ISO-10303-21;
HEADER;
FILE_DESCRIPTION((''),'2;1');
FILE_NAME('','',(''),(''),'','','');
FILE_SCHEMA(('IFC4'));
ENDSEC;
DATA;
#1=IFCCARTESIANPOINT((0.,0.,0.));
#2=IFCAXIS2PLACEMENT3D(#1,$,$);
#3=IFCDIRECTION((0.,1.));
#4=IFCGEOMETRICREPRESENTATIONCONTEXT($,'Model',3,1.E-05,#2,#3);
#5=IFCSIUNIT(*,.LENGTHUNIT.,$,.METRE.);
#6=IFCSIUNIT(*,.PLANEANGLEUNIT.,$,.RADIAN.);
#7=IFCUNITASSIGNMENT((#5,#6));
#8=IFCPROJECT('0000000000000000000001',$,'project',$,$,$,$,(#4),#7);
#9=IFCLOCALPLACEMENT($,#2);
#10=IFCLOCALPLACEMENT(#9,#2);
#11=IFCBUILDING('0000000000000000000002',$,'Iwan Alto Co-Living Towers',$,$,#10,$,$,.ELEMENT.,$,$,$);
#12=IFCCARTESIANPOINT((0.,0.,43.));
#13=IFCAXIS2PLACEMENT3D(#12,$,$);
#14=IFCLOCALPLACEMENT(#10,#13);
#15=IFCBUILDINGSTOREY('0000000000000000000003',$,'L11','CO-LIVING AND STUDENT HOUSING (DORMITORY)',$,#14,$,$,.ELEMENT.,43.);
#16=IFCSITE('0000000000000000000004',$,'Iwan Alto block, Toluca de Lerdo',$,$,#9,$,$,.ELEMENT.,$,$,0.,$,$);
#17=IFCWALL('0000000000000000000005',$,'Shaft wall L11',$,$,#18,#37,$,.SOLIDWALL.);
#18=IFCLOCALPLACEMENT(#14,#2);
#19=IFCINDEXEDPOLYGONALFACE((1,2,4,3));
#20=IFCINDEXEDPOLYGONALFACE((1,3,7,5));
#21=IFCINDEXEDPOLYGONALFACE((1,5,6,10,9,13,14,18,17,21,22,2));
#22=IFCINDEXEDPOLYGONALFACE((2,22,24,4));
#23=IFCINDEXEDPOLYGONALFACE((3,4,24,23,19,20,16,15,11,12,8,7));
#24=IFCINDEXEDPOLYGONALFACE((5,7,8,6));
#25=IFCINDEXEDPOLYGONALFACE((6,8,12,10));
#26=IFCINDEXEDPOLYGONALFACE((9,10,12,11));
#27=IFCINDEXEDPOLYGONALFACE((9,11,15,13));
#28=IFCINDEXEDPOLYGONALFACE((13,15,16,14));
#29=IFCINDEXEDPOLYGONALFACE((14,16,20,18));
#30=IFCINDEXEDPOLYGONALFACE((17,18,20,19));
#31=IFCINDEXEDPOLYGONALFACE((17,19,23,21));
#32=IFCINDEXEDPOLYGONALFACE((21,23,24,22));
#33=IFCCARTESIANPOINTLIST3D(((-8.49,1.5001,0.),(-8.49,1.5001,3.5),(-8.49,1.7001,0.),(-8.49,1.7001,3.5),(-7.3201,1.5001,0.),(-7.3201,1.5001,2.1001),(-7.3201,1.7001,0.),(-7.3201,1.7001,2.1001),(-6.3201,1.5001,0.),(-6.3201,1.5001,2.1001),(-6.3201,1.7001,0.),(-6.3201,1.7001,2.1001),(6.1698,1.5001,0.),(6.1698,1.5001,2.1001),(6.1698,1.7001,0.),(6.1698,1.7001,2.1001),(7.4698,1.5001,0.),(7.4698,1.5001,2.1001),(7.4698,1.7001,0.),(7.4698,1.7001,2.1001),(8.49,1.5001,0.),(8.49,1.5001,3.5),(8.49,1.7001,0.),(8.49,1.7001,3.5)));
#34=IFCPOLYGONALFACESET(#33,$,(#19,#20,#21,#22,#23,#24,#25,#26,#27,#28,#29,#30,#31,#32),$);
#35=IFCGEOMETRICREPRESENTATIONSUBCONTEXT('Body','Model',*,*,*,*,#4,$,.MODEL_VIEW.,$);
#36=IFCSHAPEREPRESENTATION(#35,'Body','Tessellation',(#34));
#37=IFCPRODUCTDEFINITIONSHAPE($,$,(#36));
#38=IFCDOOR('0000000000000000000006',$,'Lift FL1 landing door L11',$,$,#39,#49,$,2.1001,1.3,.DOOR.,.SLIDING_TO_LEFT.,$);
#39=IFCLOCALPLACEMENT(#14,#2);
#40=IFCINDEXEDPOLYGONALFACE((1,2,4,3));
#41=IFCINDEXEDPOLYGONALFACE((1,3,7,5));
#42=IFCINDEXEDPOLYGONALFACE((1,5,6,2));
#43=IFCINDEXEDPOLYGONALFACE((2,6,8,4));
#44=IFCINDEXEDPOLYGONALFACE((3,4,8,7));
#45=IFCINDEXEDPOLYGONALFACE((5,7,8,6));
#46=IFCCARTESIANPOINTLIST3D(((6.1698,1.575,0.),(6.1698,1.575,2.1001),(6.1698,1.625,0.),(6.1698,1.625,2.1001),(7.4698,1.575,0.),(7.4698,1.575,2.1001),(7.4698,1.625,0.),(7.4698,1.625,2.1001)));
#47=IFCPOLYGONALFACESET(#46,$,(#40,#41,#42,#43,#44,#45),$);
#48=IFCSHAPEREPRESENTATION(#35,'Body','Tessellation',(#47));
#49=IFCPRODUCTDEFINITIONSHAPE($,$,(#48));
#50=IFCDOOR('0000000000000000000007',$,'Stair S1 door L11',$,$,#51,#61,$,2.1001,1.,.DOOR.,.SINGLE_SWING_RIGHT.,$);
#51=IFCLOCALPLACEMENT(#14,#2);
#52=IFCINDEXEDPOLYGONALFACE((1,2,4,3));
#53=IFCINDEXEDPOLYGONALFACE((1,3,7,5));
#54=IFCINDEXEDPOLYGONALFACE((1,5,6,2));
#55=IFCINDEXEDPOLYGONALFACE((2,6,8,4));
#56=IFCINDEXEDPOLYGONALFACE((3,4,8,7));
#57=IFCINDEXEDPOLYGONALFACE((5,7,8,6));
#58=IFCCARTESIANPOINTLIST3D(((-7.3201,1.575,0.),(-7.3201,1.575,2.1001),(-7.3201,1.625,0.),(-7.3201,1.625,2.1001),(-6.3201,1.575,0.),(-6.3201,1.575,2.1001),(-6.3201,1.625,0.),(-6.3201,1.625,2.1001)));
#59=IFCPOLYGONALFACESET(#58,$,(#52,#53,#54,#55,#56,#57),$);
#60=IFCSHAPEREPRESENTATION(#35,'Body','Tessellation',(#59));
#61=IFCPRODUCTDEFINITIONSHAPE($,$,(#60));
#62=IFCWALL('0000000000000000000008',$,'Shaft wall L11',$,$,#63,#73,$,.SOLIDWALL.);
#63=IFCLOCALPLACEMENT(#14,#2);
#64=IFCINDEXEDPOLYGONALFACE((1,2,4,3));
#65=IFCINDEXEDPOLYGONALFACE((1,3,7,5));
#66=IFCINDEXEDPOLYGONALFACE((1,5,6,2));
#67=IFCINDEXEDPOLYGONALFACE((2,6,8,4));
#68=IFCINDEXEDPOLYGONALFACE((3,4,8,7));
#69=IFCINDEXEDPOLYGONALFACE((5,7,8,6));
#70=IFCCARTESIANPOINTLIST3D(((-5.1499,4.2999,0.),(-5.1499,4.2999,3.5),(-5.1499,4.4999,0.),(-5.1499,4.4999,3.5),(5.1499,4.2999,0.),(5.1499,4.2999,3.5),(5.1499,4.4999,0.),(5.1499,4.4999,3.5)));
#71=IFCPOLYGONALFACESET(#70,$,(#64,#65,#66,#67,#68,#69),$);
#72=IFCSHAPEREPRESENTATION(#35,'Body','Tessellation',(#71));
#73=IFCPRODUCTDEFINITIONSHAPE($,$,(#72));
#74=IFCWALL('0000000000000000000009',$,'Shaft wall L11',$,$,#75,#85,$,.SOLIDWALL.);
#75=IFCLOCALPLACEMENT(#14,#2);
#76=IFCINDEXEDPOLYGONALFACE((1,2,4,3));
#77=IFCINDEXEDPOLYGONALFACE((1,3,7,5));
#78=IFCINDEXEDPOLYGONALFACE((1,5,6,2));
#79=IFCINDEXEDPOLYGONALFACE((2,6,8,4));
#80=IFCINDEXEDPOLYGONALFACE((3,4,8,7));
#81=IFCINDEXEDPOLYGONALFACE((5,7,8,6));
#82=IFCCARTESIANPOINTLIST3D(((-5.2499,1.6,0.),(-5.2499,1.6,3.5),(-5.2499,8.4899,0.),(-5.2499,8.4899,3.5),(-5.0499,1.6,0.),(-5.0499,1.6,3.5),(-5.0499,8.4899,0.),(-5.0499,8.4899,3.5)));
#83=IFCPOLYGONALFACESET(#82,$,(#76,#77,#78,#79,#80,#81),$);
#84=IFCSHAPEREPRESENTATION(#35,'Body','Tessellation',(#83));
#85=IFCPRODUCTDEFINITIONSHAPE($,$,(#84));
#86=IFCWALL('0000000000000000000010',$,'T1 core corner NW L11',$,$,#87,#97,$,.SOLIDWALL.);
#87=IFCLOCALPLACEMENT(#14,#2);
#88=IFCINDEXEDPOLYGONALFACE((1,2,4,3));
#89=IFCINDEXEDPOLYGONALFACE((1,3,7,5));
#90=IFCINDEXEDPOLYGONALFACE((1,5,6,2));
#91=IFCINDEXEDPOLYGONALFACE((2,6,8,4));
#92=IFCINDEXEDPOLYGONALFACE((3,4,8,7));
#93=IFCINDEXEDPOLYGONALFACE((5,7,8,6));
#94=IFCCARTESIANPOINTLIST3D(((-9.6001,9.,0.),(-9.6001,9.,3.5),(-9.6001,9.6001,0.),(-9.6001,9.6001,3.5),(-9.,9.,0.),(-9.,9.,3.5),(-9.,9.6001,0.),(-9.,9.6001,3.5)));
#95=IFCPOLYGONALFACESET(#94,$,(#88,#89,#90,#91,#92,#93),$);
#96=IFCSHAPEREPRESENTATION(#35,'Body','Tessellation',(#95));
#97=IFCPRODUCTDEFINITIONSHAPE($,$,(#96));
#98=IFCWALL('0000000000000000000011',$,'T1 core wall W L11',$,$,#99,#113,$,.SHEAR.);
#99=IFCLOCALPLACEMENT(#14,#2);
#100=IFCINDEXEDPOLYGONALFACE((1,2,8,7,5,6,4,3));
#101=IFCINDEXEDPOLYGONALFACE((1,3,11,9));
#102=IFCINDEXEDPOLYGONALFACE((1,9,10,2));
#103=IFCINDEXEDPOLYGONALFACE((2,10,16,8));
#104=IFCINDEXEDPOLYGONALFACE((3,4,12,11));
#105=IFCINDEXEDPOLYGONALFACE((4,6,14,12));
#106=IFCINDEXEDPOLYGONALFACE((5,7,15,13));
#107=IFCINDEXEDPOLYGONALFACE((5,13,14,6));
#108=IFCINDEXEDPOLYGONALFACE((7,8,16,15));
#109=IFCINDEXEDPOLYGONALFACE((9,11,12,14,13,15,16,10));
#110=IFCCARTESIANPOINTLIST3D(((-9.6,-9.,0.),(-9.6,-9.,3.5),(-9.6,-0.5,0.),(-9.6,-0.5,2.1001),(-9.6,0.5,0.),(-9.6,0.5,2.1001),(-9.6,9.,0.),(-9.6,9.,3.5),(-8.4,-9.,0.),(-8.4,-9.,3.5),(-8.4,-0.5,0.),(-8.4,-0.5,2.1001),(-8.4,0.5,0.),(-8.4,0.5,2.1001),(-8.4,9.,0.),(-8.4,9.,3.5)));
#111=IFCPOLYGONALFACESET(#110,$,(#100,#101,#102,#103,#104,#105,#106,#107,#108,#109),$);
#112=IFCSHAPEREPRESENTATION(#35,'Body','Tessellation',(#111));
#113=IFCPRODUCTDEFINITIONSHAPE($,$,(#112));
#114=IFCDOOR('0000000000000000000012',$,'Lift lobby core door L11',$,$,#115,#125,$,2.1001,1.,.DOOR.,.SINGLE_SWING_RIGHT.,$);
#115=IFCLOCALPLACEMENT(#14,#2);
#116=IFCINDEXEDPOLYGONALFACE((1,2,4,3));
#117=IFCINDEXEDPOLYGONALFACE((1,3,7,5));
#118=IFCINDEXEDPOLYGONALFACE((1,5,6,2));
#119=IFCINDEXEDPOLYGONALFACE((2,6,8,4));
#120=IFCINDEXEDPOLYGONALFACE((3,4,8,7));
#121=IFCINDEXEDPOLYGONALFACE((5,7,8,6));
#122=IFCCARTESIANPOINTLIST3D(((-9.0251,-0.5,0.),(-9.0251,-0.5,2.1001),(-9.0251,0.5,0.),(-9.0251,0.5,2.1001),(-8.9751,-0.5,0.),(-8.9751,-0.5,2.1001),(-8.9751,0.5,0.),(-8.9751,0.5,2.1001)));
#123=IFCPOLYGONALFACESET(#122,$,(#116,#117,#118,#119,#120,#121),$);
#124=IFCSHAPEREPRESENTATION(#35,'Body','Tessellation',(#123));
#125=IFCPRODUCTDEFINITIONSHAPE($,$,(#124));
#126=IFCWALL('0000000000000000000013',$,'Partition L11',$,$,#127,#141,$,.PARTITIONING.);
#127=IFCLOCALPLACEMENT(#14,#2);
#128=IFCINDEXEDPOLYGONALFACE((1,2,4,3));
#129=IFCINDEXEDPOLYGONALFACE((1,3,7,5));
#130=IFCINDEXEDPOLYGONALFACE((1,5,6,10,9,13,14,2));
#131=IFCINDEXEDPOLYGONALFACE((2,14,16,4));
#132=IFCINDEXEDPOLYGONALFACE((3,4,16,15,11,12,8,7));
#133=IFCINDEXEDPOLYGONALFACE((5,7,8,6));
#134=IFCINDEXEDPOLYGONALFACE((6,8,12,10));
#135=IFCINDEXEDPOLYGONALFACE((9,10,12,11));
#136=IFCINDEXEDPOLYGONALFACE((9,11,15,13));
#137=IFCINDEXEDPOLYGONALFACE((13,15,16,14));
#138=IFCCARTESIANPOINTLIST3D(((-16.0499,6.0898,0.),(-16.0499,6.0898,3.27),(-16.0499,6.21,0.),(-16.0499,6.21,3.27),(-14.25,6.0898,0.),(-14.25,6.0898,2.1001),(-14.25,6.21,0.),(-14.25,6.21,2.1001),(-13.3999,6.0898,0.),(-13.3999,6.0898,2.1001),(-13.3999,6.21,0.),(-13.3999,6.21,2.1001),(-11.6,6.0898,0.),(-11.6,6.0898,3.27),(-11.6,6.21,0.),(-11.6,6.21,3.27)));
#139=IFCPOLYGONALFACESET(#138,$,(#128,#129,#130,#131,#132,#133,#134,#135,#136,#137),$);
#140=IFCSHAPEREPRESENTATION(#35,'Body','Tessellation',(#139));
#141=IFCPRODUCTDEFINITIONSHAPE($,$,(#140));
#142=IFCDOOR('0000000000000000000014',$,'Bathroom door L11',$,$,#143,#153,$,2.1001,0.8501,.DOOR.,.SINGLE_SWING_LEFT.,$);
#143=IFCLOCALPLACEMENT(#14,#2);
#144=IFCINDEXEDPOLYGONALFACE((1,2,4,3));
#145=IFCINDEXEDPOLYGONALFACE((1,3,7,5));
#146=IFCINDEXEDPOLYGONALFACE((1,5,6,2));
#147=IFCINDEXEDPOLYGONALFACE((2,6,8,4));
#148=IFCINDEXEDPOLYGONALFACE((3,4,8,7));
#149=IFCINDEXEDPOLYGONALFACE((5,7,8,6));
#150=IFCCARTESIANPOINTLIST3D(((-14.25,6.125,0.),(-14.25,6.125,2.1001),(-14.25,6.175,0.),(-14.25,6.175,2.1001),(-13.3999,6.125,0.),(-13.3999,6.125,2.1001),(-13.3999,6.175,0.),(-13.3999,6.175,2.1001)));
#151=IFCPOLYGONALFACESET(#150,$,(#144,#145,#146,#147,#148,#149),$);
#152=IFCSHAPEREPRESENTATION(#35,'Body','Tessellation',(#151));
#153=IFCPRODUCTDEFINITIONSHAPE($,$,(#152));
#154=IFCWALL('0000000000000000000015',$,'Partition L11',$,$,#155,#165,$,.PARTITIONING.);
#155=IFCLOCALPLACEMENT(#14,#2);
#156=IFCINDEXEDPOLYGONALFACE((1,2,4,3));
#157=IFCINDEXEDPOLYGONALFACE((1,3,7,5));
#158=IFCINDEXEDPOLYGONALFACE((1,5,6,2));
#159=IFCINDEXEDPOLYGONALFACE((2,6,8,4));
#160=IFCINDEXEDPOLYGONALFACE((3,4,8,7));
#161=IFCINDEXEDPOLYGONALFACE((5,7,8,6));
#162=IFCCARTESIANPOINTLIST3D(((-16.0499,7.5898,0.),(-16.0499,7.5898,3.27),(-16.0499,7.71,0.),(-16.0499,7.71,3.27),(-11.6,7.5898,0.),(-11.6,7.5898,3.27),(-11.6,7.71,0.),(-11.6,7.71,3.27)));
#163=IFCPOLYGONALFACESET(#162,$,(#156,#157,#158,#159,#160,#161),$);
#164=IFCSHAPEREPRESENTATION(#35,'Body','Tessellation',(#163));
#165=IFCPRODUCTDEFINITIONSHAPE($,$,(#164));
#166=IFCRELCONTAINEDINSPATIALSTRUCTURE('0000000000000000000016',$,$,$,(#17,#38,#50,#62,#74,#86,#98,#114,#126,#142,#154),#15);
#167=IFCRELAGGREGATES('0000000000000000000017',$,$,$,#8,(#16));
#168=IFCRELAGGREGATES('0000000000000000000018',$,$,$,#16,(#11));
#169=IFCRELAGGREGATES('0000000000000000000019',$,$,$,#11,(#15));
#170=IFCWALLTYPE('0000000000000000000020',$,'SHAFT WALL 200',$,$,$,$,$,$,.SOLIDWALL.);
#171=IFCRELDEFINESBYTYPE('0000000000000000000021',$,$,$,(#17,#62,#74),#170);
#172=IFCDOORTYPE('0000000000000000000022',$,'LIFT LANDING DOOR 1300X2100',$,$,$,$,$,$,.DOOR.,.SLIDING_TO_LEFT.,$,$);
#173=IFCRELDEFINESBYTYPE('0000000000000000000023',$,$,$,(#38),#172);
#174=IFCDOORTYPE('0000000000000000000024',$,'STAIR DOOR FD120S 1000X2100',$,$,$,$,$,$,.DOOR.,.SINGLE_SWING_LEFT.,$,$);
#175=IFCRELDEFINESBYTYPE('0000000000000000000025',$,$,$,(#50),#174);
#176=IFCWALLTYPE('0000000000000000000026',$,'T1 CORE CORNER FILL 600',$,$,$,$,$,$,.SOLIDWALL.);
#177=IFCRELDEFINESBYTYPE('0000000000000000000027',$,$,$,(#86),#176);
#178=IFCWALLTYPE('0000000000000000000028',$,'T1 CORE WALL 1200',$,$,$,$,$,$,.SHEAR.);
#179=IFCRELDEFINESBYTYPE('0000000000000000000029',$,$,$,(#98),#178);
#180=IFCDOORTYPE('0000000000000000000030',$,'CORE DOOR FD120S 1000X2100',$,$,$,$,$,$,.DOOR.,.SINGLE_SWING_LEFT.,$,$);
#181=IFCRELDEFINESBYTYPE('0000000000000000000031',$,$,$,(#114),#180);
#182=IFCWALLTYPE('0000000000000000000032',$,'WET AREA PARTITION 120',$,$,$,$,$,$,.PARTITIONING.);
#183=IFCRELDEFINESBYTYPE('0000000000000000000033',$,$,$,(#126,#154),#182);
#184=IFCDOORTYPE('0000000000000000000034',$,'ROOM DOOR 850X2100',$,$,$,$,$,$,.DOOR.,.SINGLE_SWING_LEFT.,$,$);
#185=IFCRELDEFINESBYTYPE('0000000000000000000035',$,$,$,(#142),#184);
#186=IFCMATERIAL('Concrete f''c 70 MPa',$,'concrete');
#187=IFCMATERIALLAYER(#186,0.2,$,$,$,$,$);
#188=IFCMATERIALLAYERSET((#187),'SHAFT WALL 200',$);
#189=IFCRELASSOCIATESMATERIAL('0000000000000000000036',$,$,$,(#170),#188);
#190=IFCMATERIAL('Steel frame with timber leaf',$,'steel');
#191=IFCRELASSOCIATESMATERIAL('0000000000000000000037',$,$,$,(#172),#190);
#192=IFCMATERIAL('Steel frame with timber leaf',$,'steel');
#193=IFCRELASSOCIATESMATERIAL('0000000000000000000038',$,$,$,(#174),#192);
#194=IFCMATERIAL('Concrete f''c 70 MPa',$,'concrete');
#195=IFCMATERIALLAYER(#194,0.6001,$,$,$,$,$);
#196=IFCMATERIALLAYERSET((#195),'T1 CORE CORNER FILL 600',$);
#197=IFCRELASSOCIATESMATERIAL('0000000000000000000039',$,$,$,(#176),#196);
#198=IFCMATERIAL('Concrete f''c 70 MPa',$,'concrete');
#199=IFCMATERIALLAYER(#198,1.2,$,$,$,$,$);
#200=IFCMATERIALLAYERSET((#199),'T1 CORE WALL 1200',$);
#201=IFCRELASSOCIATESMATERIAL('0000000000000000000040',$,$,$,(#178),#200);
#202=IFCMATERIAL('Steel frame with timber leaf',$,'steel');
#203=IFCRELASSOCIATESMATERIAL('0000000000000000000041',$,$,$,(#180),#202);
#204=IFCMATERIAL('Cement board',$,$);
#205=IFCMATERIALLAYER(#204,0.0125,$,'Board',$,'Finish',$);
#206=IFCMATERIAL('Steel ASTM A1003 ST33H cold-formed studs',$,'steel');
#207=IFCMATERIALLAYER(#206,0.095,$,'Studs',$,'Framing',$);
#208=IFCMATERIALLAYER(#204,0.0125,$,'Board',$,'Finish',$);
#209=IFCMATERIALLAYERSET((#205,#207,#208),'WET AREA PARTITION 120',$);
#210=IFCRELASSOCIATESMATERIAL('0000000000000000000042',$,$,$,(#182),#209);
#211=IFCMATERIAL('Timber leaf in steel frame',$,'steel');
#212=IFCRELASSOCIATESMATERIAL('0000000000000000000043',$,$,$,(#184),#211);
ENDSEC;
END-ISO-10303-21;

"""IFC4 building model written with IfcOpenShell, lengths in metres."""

from ifc_helpers import new_model, si_unit, direction, frame, frame_2d, origin, place, context, subcontext, project, spatial, rectangle, extrude, material, layer, layer_set, type_object, element, fill, save


model = new_model("IFC4")

# Units and contexts
model_context = context("Model", 3, precision=1e-05, world=origin(), true_north=direction((0.0, 1.0)))
body_context = subcontext(model_context, "Body", "Model", "MODEL_VIEW")
ifc_project = project(units=[si_unit("LENGTHUNIT", "METRE"), si_unit("PLANEANGLEUNIT", "RADIAN")], contexts=[model_context])

# Site, building, storey
site_placement = place(None, origin())
site = spatial("IfcSite", under=ifc_project, at=site_placement, Name="Iwan Alto block, Toluca de Lerdo", CompositionType="ELEMENT", RefElevation=0.0)
building_placement = place(site_placement, origin())
building = spatial("IfcBuilding", under=site, at=building_placement, Name="Iwan Alto Co-Living Towers", CompositionType="ELEMENT")
storey_placement = place(building_placement, frame((0.0, 0.0, 43.0)))
storey = spatial("IfcBuildingStorey", under=building, at=storey_placement, Name="L11", Description="CO-LIVING AND STUDENT HOUSING (DORMITORY)", CompositionType="ELEMENT", Elevation=43.0)

# Shared definitions
ifc_material_1 = material(Name="Steel ASTM A1003 ST33H cold-formed studs", Category="steel")

# Wall, openings, doors
ifc_material_2 = material(Name="Concrete f'c 70 MPa", Category="concrete")
ifc_layer_1 = layer(ifc_material_2, 0.2)
ifc_layer_set_1 = layer_set([ifc_layer_1], Name="SHAFT WALL 200")
wall_type_1 = type_object("IfcWallType", Name="SHAFT WALL 200", PredefinedType="SOLIDWALL", material=ifc_layer_set_1)
wall_1_placement = place(storey_placement, frame((-8.49, 1.6001, 0.0), z_axis=(0.0, 0.0, 1.0), x_axis=(1.0, 0.0, 0.0)))
wall_1 = element("IfcWall", 1, at=wall_1_placement, inside=storey, type_object=wall_type_1, Name="Shaft wall L11", PredefinedType="SOLIDWALL", context=body_context, shape_type="SweptSolid", body=[
    extrude(rectangle(XDim=16.98, YDim=0.2, at=frame_2d((8.49, 0.0))), origin(), (0.0, 0.0, 1.0), 3.5),
])
opening_1_placement = place(wall_1_placement, frame((1.1699, 0.0, 0.0)))
opening_1 = element("IfcOpeningElement", 2, at=opening_1_placement, cuts=wall_1, PredefinedType="OPENING", context=body_context, shape_type="SweptSolid", body=[
    extrude(rectangle(XDim=1.0, YDim=2.1001, at=frame_2d((0.5, 1.05))), frame((0.0, 0.1099, 0.0), z_axis=(0.0, -1.0, 0.0), x_axis=(1.0, 0.0, 0.0)), (0.0, 0.0, 1.0), 0.22),
])
opening_2_placement = place(wall_1_placement, frame((14.6599, 0.0, 0.0)))
opening_2 = element("IfcOpeningElement", 3, at=opening_2_placement, cuts=wall_1, PredefinedType="OPENING", context=body_context, shape_type="SweptSolid", body=[
    extrude(rectangle(XDim=1.3, YDim=2.1001, at=frame_2d((0.6499, 1.05))), frame((0.0, 0.1099, 0.0), z_axis=(0.0, -1.0, 0.0), x_axis=(1.0, 0.0, 0.0)), (0.0, 0.0, 1.0), 0.22),
])
ifc_material_3 = material(Name="Steel frame with timber leaf", Category="steel")
door_type_1 = type_object("IfcDoorType", Name="LIFT LANDING DOOR 1300X2100", OperationType="SLIDING_TO_LEFT", PredefinedType="DOOR", material=ifc_material_3)
door_1_placement = place(opening_2_placement, origin())
door_1 = element("IfcDoor", 4, at=door_1_placement, inside=storey, type_object=door_type_1, Name="Lift FL1 landing door L11", OperationType="SLIDING_TO_LEFT", OverallHeight=2.1001, OverallWidth=1.3, PredefinedType="DOOR", context=body_context, shape_type="SweptSolid", body=[
    extrude(rectangle(XDim=1.3, YDim=2.1001, at=frame_2d((0.6499, 1.05))), frame((0.0, 0.0249, 0.0), z_axis=(0.0, -1.0, 0.0), x_axis=(1.0, 0.0, 0.0)), (0.0, 0.0, 1.0), 0.05),
])
fill(opening_2, door_1)
ifc_material_4 = material(Name="Steel frame with timber leaf", Category="steel")
door_type_2 = type_object("IfcDoorType", Name="STAIR DOOR FD120S 1000X2100", OperationType="SINGLE_SWING_LEFT", PredefinedType="DOOR", material=ifc_material_4)
door_2_placement = place(opening_1_placement, origin())
door_2 = element("IfcDoor", 5, at=door_2_placement, inside=storey, type_object=door_type_2, Name="Stair S1 door L11", OperationType="SINGLE_SWING_RIGHT", OverallHeight=2.1001, OverallWidth=1.0, PredefinedType="DOOR", context=body_context, shape_type="SweptSolid", body=[
    extrude(rectangle(XDim=1.0, YDim=2.1001, at=frame_2d((0.5, 1.05))), frame((0.0, 0.0249, 0.0), z_axis=(0.0, -1.0, 0.0), x_axis=(1.0, 0.0, 0.0)), (0.0, 0.0, 1.0), 0.05),
])
fill(opening_1, door_2)

# Walls
wall_2_placement = place(storey_placement, frame((-5.1499, 4.3999, 0.0), z_axis=(0.0, 0.0, 1.0), x_axis=(1.0, 0.0, 0.0)))
element("IfcWall", 6, at=wall_2_placement, inside=storey, type_object=wall_type_1, Name="Shaft wall L11", PredefinedType="SOLIDWALL", context=body_context, shape_type="SweptSolid", body=[
    extrude(rectangle(XDim=10.2998, YDim=0.2, at=frame_2d((5.1499, 0.0))), origin(), (0.0, 0.0, 1.0), 3.5),
])
wall_3_placement = place(storey_placement, frame((-5.1499, 1.6001, 0.0), z_axis=(0.0, 0.0, 1.0), x_axis=(0.0, 1.0, 0.0)))
element("IfcWall", 7, at=wall_3_placement, inside=storey, type_object=wall_type_1, Name="Shaft wall L11", PredefinedType="SOLIDWALL", context=body_context, shape_type="SweptSolid", body=[
    extrude(rectangle(XDim=6.8899, YDim=0.2, at=frame_2d((3.4448, 0.0))), origin(), (0.0, 0.0, 1.0), 3.5),
])
ifc_material_5 = material(Name="Concrete f'c 70 MPa", Category="concrete")
ifc_layer_2 = layer(ifc_material_5, 0.6001)
ifc_layer_set_2 = layer_set([ifc_layer_2], Name="T1 CORE CORNER FILL 600")
wall_type_2 = type_object("IfcWallType", Name="T1 CORE CORNER FILL 600", PredefinedType="SOLIDWALL", material=ifc_layer_set_2)
wall_4_placement = place(storey_placement, frame((-9.6001, 9.3, 0.0), z_axis=(0.0, 0.0, 1.0), x_axis=(1.0, 0.0, 0.0)))
element("IfcWall", 8, at=wall_4_placement, inside=storey, type_object=wall_type_2, Name="T1 core corner NW L11", PredefinedType="SOLIDWALL", context=body_context, shape_type="SweptSolid", body=[
    extrude(rectangle(XDim=0.6001, YDim=0.6001, at=frame_2d((0.3, 0.0))), origin(), (0.0, 0.0, 1.0), 3.5),
])

# Walls, openings, doors
ifc_material_6 = material(Name="Concrete f'c 70 MPa", Category="concrete")
ifc_layer_3 = layer(ifc_material_6, 1.2)
ifc_layer_set_3 = layer_set([ifc_layer_3], Name="T1 CORE WALL 1200")
wall_type_3 = type_object("IfcWallType", Name="T1 CORE WALL 1200", PredefinedType="SHEAR", material=ifc_layer_set_3)
wall_5_placement = place(storey_placement, frame((-9.0, 9.0, 0.0), z_axis=(0.0, 0.0, 1.0), x_axis=(0.0, -1.0, 0.0)))
wall_5 = element("IfcWall", 9, at=wall_5_placement, inside=storey, type_object=wall_type_3, Name="T1 core wall W L11", PredefinedType="SHEAR", context=body_context, shape_type="SweptSolid", body=[
    extrude(rectangle(XDim=18.0, YDim=1.2, at=frame_2d((9.0, 0.0))), origin(), (0.0, 0.0, 1.0), 3.5),
])
opening_3_placement = place(wall_5_placement, frame((8.5, 0.0, 0.0)))
opening_3 = element("IfcOpeningElement", 10, at=opening_3_placement, cuts=wall_5, PredefinedType="OPENING", context=body_context, shape_type="SweptSolid", body=[
    extrude(rectangle(XDim=1.0, YDim=2.1001, at=frame_2d((0.5, 1.05))), frame((0.0, 0.6099, 0.0), z_axis=(0.0, -1.0, 0.0), x_axis=(1.0, 0.0, 0.0)), (0.0, 0.0, 1.0), 1.22),
])
ifc_material_7 = material(Name="Steel frame with timber leaf", Category="steel")
door_type_3 = type_object("IfcDoorType", Name="CORE DOOR FD120S 1000X2100", OperationType="SINGLE_SWING_LEFT", PredefinedType="DOOR", material=ifc_material_7)
door_3_placement = place(opening_3_placement, origin())
door_3 = element("IfcDoor", 11, at=door_3_placement, inside=storey, type_object=door_type_3, Name="Lift lobby core door L11", OperationType="SINGLE_SWING_RIGHT", OverallHeight=2.1001, OverallWidth=1.0, PredefinedType="DOOR", context=body_context, shape_type="SweptSolid", body=[
    extrude(rectangle(XDim=1.0, YDim=2.1001, at=frame_2d((0.5, 1.05))), frame((0.0, 0.0249, 0.0), z_axis=(0.0, -1.0, 0.0), x_axis=(1.0, 0.0, 0.0)), (0.0, 0.0, 1.0), 0.05),
])
fill(opening_3, door_3)
ifc_material_8 = material(Name="Cement board")
ifc_layer_4 = layer(ifc_material_8, 0.0125, Name="Board", Category="Finish")
ifc_layer_5 = layer(ifc_material_1, 0.095, Name="Studs", Category="Framing")
ifc_layer_6 = layer(ifc_material_8, 0.0125, Name="Board", Category="Finish")
ifc_layer_set_4 = layer_set([ifc_layer_4, ifc_layer_5, ifc_layer_6], Name="WET AREA PARTITION 120")
wall_type_4 = type_object("IfcWallType", Name="WET AREA PARTITION 120", PredefinedType="PARTITIONING", material=ifc_layer_set_4)
wall_6_placement = place(storey_placement, frame((-16.05, 6.1499, 0.0), z_axis=(0.0, 0.0, 1.0), x_axis=(1.0, 0.0, 0.0)))
wall_6 = element("IfcWall", 12, at=wall_6_placement, inside=storey, type_object=wall_type_4, Name="Partition L11", PredefinedType="PARTITIONING", context=body_context, shape_type="SweptSolid", body=[
    extrude(rectangle(XDim=4.45, YDim=0.1201, at=frame_2d((2.2251, 0.0))), origin(), (0.0, 0.0, 1.0), 3.27),
])
opening_4_placement = place(wall_6_placement, frame((1.8, 0.0, 0.0)))
opening_4 = element("IfcOpeningElement", 13, at=opening_4_placement, cuts=wall_6, PredefinedType="OPENING", context=body_context, shape_type="SweptSolid", body=[
    extrude(rectangle(XDim=0.8501, YDim=2.1001, at=frame_2d((0.425, 1.05))), frame((0.0, 0.0701, 0.0), z_axis=(0.0, -1.0, 0.0), x_axis=(1.0, 0.0, 0.0)), (0.0, 0.0, 1.0), 0.1401),
])
ifc_material_9 = material(Name="Timber leaf in steel frame", Category="steel")
door_type_4 = type_object("IfcDoorType", Name="ROOM DOOR 850X2100", OperationType="SINGLE_SWING_LEFT", PredefinedType="DOOR", material=ifc_material_9)
door_4_placement = place(opening_4_placement, frame((0.8501, 0.0, 0.0), z_axis=(0.0, 0.0, 1.0), x_axis=(-1.0, 0.0, 0.0)))
door_4 = element("IfcDoor", 14, at=door_4_placement, inside=storey, type_object=door_type_4, Name="Bathroom door L11", OperationType="SINGLE_SWING_LEFT", OverallHeight=2.1001, OverallWidth=0.8501, PredefinedType="DOOR", context=body_context, shape_type="SweptSolid", body=[
    extrude(rectangle(XDim=0.8501, YDim=2.1001, at=frame_2d((0.425, 1.05))), frame((0.0, 0.0249, 0.0), z_axis=(0.0, -1.0, 0.0), x_axis=(1.0, 0.0, 0.0)), (0.0, 0.0, 1.0), 0.05),
])
fill(opening_4, door_4)

# Wall
for number, where, z_axis, x_axis, name in (
    (15, (-16.05, 7.6499, 0.0), (0.0, 0.0, 1.0), (1.0, 0.0, 0.0), "Partition L11"),
):
    element("IfcWall", number, at=place(storey_placement, frame(where, z_axis=z_axis, x_axis=x_axis)), inside=storey, type_object=wall_type_4, Name=name, PredefinedType="PARTITIONING", context=body_context, shape_type="SweptSolid", body=[
        extrude(rectangle(XDim=4.45, YDim=0.1201, at=frame_2d((2.2251, 0.0))), origin(), (0.0, 0.0, 1.0), 3.27),
    ])

save(model, "model.ifc")
